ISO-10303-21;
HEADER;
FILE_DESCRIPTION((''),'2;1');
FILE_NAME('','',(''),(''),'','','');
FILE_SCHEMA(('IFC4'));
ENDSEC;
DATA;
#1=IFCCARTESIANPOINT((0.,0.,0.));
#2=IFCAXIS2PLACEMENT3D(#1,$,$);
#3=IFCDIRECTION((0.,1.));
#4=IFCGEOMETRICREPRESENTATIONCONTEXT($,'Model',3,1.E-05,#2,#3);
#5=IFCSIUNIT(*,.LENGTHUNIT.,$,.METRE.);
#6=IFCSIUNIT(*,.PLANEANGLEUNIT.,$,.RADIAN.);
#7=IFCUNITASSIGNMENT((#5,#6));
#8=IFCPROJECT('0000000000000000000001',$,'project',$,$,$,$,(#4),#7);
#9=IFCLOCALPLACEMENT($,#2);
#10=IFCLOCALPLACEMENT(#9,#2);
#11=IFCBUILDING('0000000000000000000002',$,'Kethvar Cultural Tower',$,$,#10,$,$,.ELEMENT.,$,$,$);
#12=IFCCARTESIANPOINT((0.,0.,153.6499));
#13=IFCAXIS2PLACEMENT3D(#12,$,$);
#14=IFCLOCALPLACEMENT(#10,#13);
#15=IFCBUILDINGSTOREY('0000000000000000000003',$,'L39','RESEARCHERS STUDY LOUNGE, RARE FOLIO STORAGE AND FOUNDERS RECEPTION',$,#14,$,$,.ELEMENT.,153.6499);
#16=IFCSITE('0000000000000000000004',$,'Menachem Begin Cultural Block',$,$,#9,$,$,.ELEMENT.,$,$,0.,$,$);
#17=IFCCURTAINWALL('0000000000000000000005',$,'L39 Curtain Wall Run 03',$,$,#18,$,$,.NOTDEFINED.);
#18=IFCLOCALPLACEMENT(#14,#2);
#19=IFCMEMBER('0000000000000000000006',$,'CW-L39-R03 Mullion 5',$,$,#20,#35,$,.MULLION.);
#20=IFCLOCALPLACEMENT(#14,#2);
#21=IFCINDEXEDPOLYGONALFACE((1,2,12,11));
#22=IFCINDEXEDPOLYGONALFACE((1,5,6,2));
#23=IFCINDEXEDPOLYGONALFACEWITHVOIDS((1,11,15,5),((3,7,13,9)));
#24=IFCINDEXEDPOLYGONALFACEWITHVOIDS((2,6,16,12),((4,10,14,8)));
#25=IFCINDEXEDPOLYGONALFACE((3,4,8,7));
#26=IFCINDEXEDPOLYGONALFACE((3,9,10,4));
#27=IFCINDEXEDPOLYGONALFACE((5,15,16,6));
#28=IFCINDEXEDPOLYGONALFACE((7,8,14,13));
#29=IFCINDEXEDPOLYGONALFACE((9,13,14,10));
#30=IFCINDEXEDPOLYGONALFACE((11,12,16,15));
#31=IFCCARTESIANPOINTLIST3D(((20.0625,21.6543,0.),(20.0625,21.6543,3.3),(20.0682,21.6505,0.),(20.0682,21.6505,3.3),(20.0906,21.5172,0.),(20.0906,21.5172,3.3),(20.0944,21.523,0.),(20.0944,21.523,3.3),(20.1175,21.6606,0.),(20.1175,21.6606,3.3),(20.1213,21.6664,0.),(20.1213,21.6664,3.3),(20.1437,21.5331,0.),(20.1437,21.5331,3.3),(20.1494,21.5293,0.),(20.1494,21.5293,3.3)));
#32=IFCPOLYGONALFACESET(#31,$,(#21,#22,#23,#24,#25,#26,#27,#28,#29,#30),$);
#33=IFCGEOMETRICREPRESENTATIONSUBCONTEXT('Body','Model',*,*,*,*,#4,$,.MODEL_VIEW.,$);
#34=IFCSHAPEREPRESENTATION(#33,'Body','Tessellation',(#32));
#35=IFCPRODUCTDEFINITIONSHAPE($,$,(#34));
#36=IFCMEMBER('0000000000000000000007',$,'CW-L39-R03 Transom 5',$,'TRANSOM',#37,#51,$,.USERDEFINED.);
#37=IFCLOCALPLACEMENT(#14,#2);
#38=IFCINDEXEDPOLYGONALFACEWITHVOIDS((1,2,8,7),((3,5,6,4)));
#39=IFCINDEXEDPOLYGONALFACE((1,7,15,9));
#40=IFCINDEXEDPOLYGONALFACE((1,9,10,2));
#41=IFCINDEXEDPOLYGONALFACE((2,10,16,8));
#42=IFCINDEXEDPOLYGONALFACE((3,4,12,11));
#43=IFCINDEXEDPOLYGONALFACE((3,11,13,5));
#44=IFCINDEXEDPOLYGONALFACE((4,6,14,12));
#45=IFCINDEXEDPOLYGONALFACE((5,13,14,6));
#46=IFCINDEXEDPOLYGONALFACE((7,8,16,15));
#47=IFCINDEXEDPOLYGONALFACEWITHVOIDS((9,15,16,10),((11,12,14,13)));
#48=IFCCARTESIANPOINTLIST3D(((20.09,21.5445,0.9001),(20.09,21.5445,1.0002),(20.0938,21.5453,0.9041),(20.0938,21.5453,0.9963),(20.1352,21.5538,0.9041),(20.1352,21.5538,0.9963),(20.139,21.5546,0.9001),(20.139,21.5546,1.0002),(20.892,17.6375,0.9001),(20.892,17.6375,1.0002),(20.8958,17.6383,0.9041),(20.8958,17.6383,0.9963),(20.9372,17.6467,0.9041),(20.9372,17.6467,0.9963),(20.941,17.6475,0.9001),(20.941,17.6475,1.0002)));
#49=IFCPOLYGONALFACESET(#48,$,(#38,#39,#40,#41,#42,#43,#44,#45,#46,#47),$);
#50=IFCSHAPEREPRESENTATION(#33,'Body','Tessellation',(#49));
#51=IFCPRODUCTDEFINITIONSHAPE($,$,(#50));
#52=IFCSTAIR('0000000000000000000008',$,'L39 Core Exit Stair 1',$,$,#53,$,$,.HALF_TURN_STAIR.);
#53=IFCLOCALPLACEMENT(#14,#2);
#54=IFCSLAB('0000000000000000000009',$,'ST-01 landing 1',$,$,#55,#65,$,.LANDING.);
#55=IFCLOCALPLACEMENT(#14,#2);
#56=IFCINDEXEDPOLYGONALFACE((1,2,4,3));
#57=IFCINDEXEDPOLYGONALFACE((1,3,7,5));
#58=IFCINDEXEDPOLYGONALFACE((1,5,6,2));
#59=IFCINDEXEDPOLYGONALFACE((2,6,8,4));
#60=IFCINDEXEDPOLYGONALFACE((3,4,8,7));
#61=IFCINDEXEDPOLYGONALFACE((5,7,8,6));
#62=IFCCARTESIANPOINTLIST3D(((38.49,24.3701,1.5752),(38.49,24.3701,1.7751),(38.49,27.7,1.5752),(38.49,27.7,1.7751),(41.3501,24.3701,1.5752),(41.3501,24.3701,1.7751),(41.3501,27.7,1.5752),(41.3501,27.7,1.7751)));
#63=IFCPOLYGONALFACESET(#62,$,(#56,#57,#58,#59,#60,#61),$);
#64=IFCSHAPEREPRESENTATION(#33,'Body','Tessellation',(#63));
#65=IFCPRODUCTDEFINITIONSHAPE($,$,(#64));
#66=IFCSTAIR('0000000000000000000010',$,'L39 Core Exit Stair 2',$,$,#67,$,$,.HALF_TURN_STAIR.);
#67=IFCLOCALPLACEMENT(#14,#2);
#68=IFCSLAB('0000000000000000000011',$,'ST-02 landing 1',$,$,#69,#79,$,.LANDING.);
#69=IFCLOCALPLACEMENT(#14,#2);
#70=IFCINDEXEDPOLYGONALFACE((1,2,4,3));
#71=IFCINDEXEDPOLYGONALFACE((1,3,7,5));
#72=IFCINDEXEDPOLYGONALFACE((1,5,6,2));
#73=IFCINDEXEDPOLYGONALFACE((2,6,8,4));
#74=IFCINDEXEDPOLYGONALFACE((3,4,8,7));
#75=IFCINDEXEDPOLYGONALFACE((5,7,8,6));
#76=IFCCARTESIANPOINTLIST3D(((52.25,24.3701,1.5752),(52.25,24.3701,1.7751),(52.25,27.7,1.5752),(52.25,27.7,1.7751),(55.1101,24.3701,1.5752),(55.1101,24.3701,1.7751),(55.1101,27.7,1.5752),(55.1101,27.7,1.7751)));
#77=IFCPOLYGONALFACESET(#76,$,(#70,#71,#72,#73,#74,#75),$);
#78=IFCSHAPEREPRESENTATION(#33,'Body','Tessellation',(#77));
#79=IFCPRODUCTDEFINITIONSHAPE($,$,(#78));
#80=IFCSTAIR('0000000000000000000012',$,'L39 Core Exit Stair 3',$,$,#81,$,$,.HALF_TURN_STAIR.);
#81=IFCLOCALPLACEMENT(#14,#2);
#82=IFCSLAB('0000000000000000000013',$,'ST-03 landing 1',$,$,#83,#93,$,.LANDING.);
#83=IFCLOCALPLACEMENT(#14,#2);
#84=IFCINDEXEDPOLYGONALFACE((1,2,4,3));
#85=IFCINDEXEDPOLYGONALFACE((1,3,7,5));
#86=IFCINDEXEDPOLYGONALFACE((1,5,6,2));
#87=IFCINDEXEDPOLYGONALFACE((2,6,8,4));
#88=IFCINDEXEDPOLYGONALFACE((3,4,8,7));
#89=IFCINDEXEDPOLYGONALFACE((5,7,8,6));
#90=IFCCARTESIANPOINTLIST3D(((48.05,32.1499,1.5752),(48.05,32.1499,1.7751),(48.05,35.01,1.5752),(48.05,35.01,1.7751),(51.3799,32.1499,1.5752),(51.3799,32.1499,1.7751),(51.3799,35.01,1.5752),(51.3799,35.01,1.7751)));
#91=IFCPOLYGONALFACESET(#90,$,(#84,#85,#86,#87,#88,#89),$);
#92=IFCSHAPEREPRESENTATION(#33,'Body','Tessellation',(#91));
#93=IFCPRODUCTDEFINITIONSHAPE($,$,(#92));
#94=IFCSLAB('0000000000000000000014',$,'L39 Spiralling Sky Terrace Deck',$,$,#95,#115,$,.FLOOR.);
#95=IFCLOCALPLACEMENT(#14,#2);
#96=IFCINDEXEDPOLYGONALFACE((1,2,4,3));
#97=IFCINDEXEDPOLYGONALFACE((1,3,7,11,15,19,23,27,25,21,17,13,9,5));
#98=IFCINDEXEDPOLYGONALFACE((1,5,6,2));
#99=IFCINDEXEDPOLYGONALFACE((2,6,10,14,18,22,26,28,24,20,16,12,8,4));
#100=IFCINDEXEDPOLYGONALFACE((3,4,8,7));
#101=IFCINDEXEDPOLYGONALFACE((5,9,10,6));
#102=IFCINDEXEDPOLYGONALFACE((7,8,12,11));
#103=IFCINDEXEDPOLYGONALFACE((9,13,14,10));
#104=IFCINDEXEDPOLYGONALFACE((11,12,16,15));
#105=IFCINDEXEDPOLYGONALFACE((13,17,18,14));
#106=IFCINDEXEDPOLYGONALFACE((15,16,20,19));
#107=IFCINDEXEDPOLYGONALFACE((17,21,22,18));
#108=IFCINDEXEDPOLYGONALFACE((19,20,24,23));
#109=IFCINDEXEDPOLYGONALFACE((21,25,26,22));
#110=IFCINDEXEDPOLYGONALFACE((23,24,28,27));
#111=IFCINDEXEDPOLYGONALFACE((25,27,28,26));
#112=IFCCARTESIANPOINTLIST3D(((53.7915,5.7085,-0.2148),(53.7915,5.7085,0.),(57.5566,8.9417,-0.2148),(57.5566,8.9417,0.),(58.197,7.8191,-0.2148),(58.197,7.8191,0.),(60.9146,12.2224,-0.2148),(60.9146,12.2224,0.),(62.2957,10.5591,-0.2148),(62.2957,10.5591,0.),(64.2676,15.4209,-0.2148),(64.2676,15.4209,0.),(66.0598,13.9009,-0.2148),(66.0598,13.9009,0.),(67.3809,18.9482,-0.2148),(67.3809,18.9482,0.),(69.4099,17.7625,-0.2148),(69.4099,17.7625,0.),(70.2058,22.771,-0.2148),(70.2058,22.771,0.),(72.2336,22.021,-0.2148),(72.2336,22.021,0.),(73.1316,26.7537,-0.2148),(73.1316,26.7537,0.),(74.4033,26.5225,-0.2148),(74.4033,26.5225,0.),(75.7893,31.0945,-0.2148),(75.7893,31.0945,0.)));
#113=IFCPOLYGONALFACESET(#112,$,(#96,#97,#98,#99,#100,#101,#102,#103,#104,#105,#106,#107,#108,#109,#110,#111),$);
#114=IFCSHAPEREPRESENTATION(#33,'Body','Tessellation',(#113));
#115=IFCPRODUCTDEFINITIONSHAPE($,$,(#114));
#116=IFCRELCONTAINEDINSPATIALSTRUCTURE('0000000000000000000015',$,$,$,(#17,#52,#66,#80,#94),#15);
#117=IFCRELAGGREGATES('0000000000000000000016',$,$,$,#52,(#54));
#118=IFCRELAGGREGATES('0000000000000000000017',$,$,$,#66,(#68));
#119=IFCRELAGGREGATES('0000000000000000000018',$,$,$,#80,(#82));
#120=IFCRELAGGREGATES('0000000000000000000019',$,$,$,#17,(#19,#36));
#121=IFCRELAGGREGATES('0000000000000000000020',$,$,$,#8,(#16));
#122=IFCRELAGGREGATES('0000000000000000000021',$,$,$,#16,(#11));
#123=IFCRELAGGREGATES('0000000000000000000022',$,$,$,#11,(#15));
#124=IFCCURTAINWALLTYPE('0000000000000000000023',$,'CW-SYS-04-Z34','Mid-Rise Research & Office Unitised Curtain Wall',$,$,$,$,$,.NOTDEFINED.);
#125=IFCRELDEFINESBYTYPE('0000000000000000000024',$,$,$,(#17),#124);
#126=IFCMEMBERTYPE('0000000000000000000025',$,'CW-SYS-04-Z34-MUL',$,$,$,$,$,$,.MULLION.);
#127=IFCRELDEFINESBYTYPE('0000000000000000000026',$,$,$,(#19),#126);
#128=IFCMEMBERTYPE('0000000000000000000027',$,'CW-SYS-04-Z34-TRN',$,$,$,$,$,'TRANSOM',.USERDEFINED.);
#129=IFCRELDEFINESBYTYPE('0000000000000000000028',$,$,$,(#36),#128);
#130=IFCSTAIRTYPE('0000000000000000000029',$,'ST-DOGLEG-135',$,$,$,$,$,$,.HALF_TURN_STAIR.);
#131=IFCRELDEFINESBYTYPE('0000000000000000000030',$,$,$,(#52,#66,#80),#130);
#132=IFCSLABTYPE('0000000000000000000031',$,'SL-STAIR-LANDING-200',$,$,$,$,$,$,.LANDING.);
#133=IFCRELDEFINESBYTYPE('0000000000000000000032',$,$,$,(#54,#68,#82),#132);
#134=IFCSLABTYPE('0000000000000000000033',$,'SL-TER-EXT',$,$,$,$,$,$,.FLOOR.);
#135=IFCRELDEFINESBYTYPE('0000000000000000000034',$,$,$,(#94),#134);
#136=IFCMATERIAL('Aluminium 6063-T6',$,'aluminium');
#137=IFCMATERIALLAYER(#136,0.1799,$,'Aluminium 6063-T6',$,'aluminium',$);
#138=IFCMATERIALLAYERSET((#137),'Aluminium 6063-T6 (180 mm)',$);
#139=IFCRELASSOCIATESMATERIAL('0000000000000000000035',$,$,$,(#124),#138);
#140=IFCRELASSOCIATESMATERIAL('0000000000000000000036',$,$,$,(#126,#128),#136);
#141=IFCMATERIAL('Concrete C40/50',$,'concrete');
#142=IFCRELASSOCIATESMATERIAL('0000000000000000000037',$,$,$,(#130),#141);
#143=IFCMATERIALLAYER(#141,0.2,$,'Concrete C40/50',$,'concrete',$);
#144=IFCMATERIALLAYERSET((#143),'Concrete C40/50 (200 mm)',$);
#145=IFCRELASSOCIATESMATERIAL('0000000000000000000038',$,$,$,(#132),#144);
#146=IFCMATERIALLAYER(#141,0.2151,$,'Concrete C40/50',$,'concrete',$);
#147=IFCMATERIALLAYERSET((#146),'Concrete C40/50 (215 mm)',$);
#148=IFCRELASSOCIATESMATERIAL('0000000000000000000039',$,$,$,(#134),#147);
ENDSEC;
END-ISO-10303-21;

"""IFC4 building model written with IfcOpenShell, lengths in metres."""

from ifc_helpers import new_model, si_unit, direction, frame, origin, origin_2d, place, context, subcontext, project, spatial, polyline, hollow_rectangle, outline, extrude, source, transform, mapped, material, layer, layer_set, material_profile, profile_set, type_object, element, aggregate, save


model = new_model("IFC4")

# Units and contexts
model_context = context("Model", 3, precision=1e-05, world=origin(), true_north=direction((0.0, 1.0)))
body_context = subcontext(model_context, "Body", "Model", "MODEL_VIEW")
ifc_project = project(units=[si_unit("LENGTHUNIT", "METRE"), si_unit("PLANEANGLEUNIT", "RADIAN")], contexts=[model_context])

# Site, building, storey
site_placement = place(None, origin())
site = spatial("IfcSite", under=ifc_project, at=site_placement, Name="Menachem Begin Cultural Block", CompositionType="ELEMENT", RefElevation=0.0)
building_placement = place(site_placement, origin())
building = spatial("IfcBuilding", under=site, at=building_placement, Name="Kethvar Cultural Tower", CompositionType="ELEMENT")
storey_placement = place(building_placement, frame((0.0, 0.0, 153.6499)))
storey = spatial("IfcBuildingStorey", under=building, at=storey_placement, Name="L39", Description="RESEARCHERS STUDY LOUNGE, RARE FOLIO STORAGE AND FOUNDERS RECEPTION", CompositionType="ELEMENT", Elevation=153.6499)

# Curtain wall, members
ifc_material_1 = material(Name="Aluminium 6063-T6", Category="aluminium")
ifc_layer_1 = layer(ifc_material_1, 0.1799, Name="Aluminium 6063-T6", Category="aluminium")
ifc_layer_set_1 = layer_set([ifc_layer_1], Name="Aluminium 6063-T6 (180 mm)")
curtain_wall_type = type_object("IfcCurtainWallType", Name="CW-SYS-04-Z34", Description="Mid-Rise Research & Office Unitised Curtain Wall", PredefinedType="NOTDEFINED", material=ifc_layer_set_1)
curtain_wall_placement = place(storey_placement, origin())
curtain_wall = element("IfcCurtainWall", 1, at=curtain_wall_placement, inside=storey, type_object=curtain_wall_type, Name="L39 Curtain Wall Run 03", PredefinedType="NOTDEFINED")
ifc_material_profile_1 = material_profile(ifc_material_1, hollow_rectangle(XDim=0.0601, YDim=0.1399, WallThickness=0.0049, at=origin_2d()), Name="Aluminium 6063-T6 — RHS140x60x5")
ifc_profile_set_1 = profile_set([ifc_material_profile_1], Name="Aluminium 6063-T6 — RHS140x60x5")
member_type_1 = type_object("IfcMemberType", Name="CW-SYS-04-Z34-MUL", PredefinedType="MULLION", material=ifc_profile_set_1)
shared_shape_1 = source(origin(), body_context, "Body", "SweptSolid", [
    extrude(hollow_rectangle(XDim=0.0601, YDim=0.1399, WallThickness=0.0049, at=origin_2d()), origin(), (0.0, 0.0, 1.0), 3.3),
])
member_1_placement = place(storey_placement, frame((20.106, 21.5918, 0.0), z_axis=(0.0, 0.0, 1.0), x_axis=(0.979579, 0.201061, 0.0)))
member_1 = element("IfcMember", 2, at=member_1_placement, type_object=member_type_1, Name="CW-L39-R03 Mullion 5", PredefinedType="MULLION", context=body_context, shape_type="MappedRepresentation", body=[
    mapped(shared_shape_1, transform((0.0, 0.0, 0.0), scale=1.0)),
])
ifc_material_profile_2 = material_profile(ifc_material_1, hollow_rectangle(XDim=0.05, YDim=0.1001, WallThickness=0.0039, at=origin_2d()), Name="Aluminium 6063-T6 — RHS100x50x4")
ifc_profile_set_2 = profile_set([ifc_material_profile_2], Name="Aluminium 6063-T6 — RHS100x50x4")
member_type_2 = type_object("IfcMemberType", Name="CW-SYS-04-Z34-TRN", ElementType="TRANSOM", PredefinedType="USERDEFINED", material=ifc_profile_set_2)
shared_shape_2 = source(origin(), body_context, "Body", "SweptSolid", [
    extrude(hollow_rectangle(XDim=0.05, YDim=0.1001, WallThickness=0.0039, at=origin_2d()), origin(), (0.0, 0.0, 1.0), 3.9885),
])
member_2_placement = place(storey_placement, frame((20.1145, 21.5496, 0.9502), z_axis=(0.201081, -0.979575, 0.0), x_axis=(0.979575, 0.201081, 0.0)))
member_2 = element("IfcMember", 3, at=member_2_placement, type_object=member_type_2, Name="CW-L39-R03 Transom 5", ObjectType="TRANSOM", PredefinedType="USERDEFINED", context=body_context, shape_type="MappedRepresentation", body=[
    mapped(shared_shape_2, transform((0.0, 0.0, 0.0), scale=1.0)),
])

# Stairs, slabs
ifc_material_2 = material(Name="Concrete C40/50", Category="concrete")
stair_type = type_object("IfcStairType", Name="ST-DOGLEG-135", PredefinedType="HALF_TURN_STAIR", material=ifc_material_2)
stair_1_placement = place(storey_placement, origin())
stair_1 = element("IfcStair", 4, at=stair_1_placement, inside=storey, type_object=stair_type, Name="L39 Core Exit Stair 1", PredefinedType="HALF_TURN_STAIR")
ifc_layer_2 = layer(ifc_material_2, 0.2, Name="Concrete C40/50", Category="concrete")
ifc_layer_set_2 = layer_set([ifc_layer_2], Name="Concrete C40/50 (200 mm)")
slab_type_1 = type_object("IfcSlabType", Name="SL-STAIR-LANDING-200", PredefinedType="LANDING", material=ifc_layer_set_2)
slab_1_placement = place(storey_placement, frame((0.0, 0.0, 1.5752)))
slab_1 = element("IfcSlab", 5, at=slab_1_placement, type_object=slab_type_1, Name="ST-01 landing 1", PredefinedType="LANDING", context=body_context, shape_type="SweptSolid", body=[
    extrude(outline(polyline([(41.3501, 24.3701), (41.3501, 27.7), (38.49, 27.7), (38.49, 24.3701), (41.3501, 24.3701)])), origin(), (0.0, 0.0, 1.0), 0.2),
])
aggregate(stair_1, [slab_1])
stair_2_placement = place(storey_placement, origin())
stair_2 = element("IfcStair", 6, at=stair_2_placement, inside=storey, type_object=stair_type, Name="L39 Core Exit Stair 2", PredefinedType="HALF_TURN_STAIR")
slab_2_placement = place(storey_placement, frame((0.0, 0.0, 1.5752)))
slab_2 = element("IfcSlab", 7, at=slab_2_placement, type_object=slab_type_1, Name="ST-02 landing 1", PredefinedType="LANDING", context=body_context, shape_type="SweptSolid", body=[
    extrude(outline(polyline([(55.1101, 24.3701), (55.1101, 27.7), (52.25, 27.7), (52.25, 24.3701), (55.1101, 24.3701)])), origin(), (0.0, 0.0, 1.0), 0.2),
])
aggregate(stair_2, [slab_2])
stair_3_placement = place(storey_placement, origin())
stair_3 = element("IfcStair", 8, at=stair_3_placement, inside=storey, type_object=stair_type, Name="L39 Core Exit Stair 3", PredefinedType="HALF_TURN_STAIR")
slab_3_placement = place(storey_placement, frame((0.0, 0.0, 1.5752)))
slab_3 = element("IfcSlab", 9, at=slab_3_placement, type_object=slab_type_1, Name="ST-03 landing 1", PredefinedType="LANDING", context=body_context, shape_type="SweptSolid", body=[
    extrude(outline(polyline([(51.3799, 35.01), (48.05, 35.01), (48.05, 32.1499), (51.3799, 32.1499), (51.3799, 35.01)])), origin(), (0.0, 0.0, 1.0), 0.2),
])
aggregate(stair_3, [slab_3])

# Slab
ifc_layer_3 = layer(ifc_material_2, 0.2151, Name="Concrete C40/50", Category="concrete")
ifc_layer_set_3 = layer_set([ifc_layer_3], Name="Concrete C40/50 (215 mm)")
slab_type_2 = type_object("IfcSlabType", Name="SL-TER-EXT", PredefinedType="FLOOR", material=ifc_layer_set_3)
slab_4_placement = place(storey_placement, frame((0.0, 0.0, -0.2148)))
element("IfcSlab", 10, at=slab_4_placement, inside=storey, type_object=slab_type_2, Name="L39 Spiralling Sky Terrace Deck", PredefinedType="FLOOR", context=body_context, shape_type="SweptSolid", body=[
    extrude(outline(polyline([(53.7915, 5.7085), (58.197, 7.8191), (62.2957, 10.5591), (66.0598, 13.9009), (69.4099, 17.7625), (72.2336, 22.021), (74.4033, 26.5225), (75.7893, 31.0945), (73.1316, 26.7537), (70.2058, 22.771), (67.3809, 18.9482), (64.2676, 15.4209), (60.9146, 12.2224), (57.5566, 8.9417), (53.7915, 5.7085)])), origin(), (0.0, 0.0, 1.0), 0.2148),
])

aggregate(curtain_wall, [member_1, member_2])

save(model, "model.ifc")
